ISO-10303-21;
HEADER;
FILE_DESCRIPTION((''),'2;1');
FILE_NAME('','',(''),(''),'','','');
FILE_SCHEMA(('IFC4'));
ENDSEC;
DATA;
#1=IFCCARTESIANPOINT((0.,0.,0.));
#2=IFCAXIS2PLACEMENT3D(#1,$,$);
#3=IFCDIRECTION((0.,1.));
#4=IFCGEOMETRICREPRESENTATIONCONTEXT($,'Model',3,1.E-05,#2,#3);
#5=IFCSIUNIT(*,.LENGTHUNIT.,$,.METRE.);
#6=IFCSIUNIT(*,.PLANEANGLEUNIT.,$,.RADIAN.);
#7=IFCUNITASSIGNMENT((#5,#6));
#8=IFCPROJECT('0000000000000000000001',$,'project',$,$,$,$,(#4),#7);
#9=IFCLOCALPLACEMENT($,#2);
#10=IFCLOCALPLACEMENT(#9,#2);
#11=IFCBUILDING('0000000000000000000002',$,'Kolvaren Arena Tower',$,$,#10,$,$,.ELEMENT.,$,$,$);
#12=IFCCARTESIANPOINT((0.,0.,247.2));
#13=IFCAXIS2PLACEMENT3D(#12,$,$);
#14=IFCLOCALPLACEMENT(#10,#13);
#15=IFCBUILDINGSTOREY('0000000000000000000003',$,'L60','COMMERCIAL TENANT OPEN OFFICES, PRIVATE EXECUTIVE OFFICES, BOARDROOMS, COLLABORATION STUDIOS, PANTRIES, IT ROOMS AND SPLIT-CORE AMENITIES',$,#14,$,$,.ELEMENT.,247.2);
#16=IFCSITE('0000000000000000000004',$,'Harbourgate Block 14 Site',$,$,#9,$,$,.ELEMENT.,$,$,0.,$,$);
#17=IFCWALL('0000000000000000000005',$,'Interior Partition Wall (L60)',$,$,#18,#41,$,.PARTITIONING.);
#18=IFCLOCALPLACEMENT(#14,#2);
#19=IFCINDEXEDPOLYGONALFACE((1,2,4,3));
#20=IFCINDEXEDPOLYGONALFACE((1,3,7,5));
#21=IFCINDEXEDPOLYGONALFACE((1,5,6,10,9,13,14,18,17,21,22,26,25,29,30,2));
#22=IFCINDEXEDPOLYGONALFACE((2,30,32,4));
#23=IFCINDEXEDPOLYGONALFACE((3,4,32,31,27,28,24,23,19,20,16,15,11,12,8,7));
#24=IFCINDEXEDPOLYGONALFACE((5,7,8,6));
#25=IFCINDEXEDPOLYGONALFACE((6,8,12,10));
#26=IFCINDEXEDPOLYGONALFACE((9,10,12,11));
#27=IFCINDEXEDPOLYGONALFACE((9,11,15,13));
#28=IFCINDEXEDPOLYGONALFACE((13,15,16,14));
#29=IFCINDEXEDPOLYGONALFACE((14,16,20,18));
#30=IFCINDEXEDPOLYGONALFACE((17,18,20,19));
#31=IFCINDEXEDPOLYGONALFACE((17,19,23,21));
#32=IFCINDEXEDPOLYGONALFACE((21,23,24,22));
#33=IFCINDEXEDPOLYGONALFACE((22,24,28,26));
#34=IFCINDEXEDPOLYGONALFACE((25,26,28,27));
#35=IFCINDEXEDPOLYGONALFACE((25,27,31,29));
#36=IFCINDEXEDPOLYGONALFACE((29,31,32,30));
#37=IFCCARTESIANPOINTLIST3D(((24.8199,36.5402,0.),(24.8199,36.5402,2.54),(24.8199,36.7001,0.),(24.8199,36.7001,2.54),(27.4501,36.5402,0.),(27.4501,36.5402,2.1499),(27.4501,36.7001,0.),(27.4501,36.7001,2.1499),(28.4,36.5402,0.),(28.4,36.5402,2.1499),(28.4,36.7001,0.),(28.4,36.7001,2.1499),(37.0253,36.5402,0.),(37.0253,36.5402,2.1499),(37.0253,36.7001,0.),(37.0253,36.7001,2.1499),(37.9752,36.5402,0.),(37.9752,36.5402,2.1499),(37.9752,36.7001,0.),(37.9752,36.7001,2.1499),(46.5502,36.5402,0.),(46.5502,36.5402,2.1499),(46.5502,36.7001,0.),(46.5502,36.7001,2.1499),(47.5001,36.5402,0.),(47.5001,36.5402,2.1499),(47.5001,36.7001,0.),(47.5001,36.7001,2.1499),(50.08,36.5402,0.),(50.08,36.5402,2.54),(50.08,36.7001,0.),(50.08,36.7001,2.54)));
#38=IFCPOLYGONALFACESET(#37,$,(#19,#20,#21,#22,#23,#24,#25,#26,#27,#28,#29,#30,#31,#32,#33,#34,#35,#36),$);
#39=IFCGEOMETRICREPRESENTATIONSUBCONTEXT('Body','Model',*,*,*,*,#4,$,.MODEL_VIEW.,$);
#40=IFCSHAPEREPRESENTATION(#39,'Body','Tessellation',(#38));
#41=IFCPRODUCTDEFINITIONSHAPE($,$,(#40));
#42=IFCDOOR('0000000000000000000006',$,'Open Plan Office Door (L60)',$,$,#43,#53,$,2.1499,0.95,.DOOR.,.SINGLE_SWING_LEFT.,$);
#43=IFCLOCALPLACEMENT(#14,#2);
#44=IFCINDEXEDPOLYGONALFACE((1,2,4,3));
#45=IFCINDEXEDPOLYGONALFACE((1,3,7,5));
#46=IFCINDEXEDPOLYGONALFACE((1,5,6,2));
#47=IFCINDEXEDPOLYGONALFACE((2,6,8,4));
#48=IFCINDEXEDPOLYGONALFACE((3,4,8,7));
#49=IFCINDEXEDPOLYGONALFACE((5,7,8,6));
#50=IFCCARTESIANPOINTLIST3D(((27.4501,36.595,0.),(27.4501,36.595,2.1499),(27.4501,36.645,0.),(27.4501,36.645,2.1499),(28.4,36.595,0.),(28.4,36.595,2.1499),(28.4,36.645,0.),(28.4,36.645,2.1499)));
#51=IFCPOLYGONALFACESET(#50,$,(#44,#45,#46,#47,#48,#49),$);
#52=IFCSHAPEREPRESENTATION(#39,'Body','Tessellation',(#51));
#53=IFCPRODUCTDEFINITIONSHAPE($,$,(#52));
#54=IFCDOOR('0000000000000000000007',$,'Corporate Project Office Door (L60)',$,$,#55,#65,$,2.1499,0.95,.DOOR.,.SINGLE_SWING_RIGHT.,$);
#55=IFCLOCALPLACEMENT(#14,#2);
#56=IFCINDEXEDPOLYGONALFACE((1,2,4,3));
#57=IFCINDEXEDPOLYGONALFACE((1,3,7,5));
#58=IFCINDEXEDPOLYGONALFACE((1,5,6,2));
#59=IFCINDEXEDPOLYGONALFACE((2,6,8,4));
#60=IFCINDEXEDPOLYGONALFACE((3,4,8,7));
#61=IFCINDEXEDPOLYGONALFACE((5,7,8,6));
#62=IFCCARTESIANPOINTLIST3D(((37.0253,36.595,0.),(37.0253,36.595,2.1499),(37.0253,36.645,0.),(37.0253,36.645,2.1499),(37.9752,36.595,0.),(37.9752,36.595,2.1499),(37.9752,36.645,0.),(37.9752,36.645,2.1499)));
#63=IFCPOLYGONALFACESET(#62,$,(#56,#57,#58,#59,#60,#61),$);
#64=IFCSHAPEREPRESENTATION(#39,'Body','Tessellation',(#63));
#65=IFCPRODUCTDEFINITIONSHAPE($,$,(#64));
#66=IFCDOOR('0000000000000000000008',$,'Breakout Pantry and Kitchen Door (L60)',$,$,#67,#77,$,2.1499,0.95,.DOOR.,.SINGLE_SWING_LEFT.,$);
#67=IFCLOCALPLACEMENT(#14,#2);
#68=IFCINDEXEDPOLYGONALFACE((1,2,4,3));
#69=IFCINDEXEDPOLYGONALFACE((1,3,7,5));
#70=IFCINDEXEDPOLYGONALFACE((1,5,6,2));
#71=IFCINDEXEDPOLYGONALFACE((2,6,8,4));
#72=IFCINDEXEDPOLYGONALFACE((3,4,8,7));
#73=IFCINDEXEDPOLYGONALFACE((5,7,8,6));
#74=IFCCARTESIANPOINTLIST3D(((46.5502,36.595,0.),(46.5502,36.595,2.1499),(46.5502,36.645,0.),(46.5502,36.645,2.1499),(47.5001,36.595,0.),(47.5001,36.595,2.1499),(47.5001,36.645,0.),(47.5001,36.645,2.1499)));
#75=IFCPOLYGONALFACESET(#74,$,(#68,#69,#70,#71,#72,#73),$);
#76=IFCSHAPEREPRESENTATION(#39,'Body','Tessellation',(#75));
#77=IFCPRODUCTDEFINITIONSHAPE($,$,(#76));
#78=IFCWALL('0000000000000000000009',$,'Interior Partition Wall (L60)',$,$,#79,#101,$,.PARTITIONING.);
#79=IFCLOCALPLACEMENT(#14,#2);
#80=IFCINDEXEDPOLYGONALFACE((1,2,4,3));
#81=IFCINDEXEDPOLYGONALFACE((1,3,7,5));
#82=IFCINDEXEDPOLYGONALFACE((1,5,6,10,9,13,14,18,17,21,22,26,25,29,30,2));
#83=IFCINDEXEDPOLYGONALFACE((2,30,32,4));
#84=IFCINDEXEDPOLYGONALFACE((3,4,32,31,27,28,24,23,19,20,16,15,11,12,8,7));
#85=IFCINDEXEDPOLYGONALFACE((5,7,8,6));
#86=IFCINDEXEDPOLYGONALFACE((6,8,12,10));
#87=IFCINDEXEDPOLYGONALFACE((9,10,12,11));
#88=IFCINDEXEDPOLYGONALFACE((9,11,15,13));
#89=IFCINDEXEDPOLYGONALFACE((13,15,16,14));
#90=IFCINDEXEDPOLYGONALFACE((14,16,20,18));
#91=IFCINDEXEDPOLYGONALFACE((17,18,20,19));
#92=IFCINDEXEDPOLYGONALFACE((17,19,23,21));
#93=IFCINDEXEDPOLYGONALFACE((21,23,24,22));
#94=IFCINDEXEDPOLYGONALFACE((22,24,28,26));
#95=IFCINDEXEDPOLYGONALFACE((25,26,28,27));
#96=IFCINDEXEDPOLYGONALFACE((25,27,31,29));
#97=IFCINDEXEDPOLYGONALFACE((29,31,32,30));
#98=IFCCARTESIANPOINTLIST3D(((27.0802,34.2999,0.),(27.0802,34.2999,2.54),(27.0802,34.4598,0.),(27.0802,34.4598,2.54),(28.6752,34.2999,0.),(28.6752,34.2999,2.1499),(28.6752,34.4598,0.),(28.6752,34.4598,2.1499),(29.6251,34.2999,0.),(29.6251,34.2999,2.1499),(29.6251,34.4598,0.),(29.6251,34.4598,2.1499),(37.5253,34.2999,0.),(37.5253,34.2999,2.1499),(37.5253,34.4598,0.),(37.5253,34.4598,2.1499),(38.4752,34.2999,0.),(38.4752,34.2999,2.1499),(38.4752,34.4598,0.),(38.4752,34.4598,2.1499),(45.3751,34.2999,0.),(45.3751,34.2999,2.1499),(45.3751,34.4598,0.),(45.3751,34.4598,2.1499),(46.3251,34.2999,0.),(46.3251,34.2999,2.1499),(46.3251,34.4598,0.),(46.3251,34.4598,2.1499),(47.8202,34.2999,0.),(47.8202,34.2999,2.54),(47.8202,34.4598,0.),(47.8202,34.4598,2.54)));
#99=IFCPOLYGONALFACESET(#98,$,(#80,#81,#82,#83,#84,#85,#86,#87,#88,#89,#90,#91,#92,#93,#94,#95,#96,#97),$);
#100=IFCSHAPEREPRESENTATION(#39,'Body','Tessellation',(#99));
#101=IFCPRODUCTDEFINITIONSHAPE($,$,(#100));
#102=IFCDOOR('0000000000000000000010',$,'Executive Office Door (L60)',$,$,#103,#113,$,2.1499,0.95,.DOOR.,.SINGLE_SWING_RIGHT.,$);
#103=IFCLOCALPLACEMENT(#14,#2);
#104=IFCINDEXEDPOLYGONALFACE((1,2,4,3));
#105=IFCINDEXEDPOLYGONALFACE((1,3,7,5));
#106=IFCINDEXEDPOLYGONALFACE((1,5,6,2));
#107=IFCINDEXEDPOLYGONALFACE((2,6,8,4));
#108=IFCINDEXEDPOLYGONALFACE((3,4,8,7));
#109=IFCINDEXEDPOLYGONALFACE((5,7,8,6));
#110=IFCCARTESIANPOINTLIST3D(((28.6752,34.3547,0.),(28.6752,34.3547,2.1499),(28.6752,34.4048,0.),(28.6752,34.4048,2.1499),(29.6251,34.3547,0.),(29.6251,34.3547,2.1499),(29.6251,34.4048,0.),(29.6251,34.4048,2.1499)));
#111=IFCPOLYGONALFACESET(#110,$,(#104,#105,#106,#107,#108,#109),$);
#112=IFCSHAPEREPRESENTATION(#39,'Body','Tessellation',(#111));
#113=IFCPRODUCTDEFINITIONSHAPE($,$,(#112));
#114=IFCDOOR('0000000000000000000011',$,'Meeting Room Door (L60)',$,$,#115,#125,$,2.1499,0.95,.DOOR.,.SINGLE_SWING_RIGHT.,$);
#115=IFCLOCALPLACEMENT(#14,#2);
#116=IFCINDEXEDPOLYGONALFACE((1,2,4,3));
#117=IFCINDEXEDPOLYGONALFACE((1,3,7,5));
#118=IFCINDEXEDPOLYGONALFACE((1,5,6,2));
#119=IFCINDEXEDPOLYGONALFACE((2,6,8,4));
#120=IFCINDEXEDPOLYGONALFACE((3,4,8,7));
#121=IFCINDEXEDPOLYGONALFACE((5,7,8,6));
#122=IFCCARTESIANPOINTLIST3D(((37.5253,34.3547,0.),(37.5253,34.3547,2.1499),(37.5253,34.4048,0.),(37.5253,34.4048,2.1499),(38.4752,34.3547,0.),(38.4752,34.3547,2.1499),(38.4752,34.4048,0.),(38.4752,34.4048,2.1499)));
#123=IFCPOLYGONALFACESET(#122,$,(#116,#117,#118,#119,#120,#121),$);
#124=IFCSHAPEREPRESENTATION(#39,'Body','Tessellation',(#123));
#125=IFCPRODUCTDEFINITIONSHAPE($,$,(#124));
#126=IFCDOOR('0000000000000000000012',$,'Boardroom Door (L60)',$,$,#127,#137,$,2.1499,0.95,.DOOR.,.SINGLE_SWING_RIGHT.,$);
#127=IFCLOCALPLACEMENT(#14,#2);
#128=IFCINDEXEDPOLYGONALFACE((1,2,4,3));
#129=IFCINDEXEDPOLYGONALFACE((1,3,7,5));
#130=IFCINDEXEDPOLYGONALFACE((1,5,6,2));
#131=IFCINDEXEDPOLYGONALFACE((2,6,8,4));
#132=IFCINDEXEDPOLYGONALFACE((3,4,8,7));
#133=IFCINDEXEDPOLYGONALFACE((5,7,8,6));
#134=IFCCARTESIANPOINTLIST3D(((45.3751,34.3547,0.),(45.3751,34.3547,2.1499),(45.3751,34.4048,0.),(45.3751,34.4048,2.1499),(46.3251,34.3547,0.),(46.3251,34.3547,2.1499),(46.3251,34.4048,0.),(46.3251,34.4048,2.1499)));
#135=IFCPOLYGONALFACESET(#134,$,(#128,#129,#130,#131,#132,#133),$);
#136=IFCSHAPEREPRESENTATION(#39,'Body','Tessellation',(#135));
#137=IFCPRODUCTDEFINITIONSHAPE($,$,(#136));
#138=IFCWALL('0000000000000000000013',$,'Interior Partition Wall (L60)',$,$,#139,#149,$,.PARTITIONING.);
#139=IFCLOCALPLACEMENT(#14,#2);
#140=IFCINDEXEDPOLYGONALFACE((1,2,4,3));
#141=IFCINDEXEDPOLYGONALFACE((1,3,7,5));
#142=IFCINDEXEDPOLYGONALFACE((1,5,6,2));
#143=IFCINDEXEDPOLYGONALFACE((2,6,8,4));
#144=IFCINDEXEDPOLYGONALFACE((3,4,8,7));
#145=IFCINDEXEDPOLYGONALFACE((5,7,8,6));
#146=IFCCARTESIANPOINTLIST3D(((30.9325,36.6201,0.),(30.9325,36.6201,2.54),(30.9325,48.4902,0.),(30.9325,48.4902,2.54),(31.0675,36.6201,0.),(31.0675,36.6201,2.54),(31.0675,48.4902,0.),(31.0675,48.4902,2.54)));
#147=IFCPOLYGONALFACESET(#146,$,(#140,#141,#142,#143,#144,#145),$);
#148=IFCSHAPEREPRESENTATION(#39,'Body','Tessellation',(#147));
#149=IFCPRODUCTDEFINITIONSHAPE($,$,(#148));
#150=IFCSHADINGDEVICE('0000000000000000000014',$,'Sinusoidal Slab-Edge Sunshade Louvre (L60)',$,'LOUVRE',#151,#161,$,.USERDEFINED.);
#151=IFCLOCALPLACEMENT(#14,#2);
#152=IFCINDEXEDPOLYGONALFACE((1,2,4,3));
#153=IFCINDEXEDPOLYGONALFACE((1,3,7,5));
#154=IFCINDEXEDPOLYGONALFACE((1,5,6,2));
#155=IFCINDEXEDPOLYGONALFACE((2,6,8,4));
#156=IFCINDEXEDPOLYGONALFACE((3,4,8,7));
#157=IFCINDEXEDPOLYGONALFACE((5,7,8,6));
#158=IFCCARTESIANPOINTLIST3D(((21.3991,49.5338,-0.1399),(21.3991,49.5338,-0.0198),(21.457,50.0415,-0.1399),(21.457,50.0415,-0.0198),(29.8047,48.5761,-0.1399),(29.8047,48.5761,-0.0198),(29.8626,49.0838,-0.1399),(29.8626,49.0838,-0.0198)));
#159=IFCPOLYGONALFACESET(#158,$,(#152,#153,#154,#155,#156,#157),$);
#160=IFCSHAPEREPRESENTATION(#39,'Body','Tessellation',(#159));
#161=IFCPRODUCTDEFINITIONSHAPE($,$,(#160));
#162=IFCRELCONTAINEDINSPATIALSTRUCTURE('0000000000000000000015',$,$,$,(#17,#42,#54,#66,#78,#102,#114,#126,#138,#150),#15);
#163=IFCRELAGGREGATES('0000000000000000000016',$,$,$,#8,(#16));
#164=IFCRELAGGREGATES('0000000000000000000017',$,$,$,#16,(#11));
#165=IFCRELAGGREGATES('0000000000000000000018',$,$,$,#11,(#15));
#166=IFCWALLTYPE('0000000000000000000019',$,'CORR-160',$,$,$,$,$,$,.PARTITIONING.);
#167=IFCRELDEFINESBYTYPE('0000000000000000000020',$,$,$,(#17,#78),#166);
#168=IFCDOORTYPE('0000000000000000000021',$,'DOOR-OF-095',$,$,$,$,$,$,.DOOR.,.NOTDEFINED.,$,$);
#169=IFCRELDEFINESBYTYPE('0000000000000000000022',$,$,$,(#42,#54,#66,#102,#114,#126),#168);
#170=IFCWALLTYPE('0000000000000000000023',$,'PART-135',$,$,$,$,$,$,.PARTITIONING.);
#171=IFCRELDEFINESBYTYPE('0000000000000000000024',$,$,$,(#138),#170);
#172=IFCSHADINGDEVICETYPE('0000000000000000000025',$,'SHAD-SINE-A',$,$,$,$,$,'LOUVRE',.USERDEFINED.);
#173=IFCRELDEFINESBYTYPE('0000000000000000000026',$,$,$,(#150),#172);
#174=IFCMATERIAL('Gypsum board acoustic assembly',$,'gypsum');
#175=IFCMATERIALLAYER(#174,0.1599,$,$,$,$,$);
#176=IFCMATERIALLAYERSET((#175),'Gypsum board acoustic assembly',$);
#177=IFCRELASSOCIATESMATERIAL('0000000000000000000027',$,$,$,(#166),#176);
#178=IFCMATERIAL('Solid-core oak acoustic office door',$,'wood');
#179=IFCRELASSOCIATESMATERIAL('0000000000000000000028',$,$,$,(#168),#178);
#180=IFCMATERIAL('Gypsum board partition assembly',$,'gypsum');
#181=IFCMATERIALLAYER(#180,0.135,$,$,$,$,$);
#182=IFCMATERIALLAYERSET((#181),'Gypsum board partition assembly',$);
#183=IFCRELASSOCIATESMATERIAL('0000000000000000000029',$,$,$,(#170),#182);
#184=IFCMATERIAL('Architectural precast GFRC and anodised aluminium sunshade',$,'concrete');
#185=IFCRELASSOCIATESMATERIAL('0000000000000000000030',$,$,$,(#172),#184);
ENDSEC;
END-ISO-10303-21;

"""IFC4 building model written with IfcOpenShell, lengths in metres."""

from ifc_helpers import new_model, si_unit, direction, frame, frame_2d, origin, origin_2d, place, context, subcontext, project, spatial, rectangle, extrude, material, layer, layer_set, type_object, element, fill, save


model = new_model("IFC4")

# Units and contexts
model_context = context("Model", 3, precision=1e-05, world=origin(), true_north=direction((0.0, 1.0)))
body_context = subcontext(model_context, "Body", "Model", "MODEL_VIEW")
ifc_project = project(units=[si_unit("LENGTHUNIT", "METRE"), si_unit("PLANEANGLEUNIT", "RADIAN")], contexts=[model_context])

# Site, building, storey
site_placement = place(None, origin())
site = spatial("IfcSite", under=ifc_project, at=site_placement, Name="Harbourgate Block 14 Site", CompositionType="ELEMENT", RefElevation=0.0)
building_placement = place(site_placement, origin())
building = spatial("IfcBuilding", under=site, at=building_placement, Name="Kolvaren Arena Tower", CompositionType="ELEMENT")
storey_placement = place(building_placement, frame((0.0, 0.0, 247.2)))
storey = spatial("IfcBuildingStorey", under=building, at=storey_placement, Name="L60", Description="COMMERCIAL TENANT OPEN OFFICES, PRIVATE EXECUTIVE OFFICES, BOARDROOMS, COLLABORATION STUDIOS, PANTRIES, IT ROOMS AND SPLIT-CORE AMENITIES", CompositionType="ELEMENT", Elevation=247.2)

# Shared definitions
ifc_material_1 = material(Name="Gypsum board acoustic assembly", Category="gypsum")
ifc_layer_1 = layer(ifc_material_1, 0.1599)
ifc_layer_set_1 = layer_set([ifc_layer_1], Name="Gypsum board acoustic assembly")
wall_type_1 = type_object("IfcWallType", Name="CORR-160", PredefinedType="PARTITIONING", material=ifc_layer_set_1)

# Walls, openings, doors
wall_1_placement = place(storey_placement, frame((24.8201, 36.6201, 0.0), z_axis=(0.0, 0.0, 1.0), x_axis=(1.0, 0.0, 0.0)))
wall_1 = element("IfcWall", 1, at=wall_1_placement, inside=storey, type_object=wall_type_1, Name="Interior Partition Wall (L60)", PredefinedType="PARTITIONING", context=body_context, shape_type="SweptSolid", body=[
    extrude(rectangle(XDim=25.26, YDim=0.1599, at=frame_2d((12.6299, 0.0))), origin(), (0.0, 0.0, 1.0), 2.54),
])
opening_1_placement = place(wall_1_placement, frame((2.6299, 0.0, 0.0)))
opening_1 = element("IfcOpeningElement", 2, at=opening_1_placement, cuts=wall_1, PredefinedType="OPENING", context=body_context, shape_type="SweptSolid", body=[
    extrude(rectangle(XDim=0.95, YDim=2.1499, at=frame_2d((0.4751, 1.075))), frame((0.0, 0.0898, 0.0), z_axis=(0.0, -1.0, 0.0), x_axis=(1.0, 0.0, 0.0)), (0.0, 0.0, 1.0), 0.1799),
])
opening_2_placement = place(wall_1_placement, frame((12.2051, 0.0, 0.0)))
opening_2 = element("IfcOpeningElement", 3, at=opening_2_placement, cuts=wall_1, PredefinedType="OPENING", context=body_context, shape_type="SweptSolid", body=[
    extrude(rectangle(XDim=0.95, YDim=2.1499, at=frame_2d((0.4751, 1.075))), frame((0.0, 0.0898, 0.0), z_axis=(0.0, -1.0, 0.0), x_axis=(1.0, 0.0, 0.0)), (0.0, 0.0, 1.0), 0.1799),
])
opening_3_placement = place(wall_1_placement, frame((21.73, 0.0, 0.0)))
opening_3 = element("IfcOpeningElement", 4, at=opening_3_placement, cuts=wall_1, PredefinedType="OPENING", context=body_context, shape_type="SweptSolid", body=[
    extrude(rectangle(XDim=0.95, YDim=2.1499, at=frame_2d((0.4751, 1.075))), frame((0.0, 0.0898, 0.0), z_axis=(0.0, -1.0, 0.0), x_axis=(1.0, 0.0, 0.0)), (0.0, 0.0, 1.0), 0.1799),
])
ifc_material_2 = material(Name="Solid-core oak acoustic office door", Category="wood")
door_type = type_object("IfcDoorType", Name="DOOR-OF-095", OperationType="NOTDEFINED", PredefinedType="DOOR", material=ifc_material_2)
door_1_placement = place(opening_1_placement, origin())
door_1 = element("IfcDoor", 5, at=door_1_placement, inside=storey, type_object=door_type, Name="Open Plan Office Door (L60)", OperationType="SINGLE_SWING_LEFT", OverallHeight=2.1499, OverallWidth=0.95, PredefinedType="DOOR", context=body_context, shape_type="SweptSolid", body=[
    extrude(rectangle(XDim=0.95, YDim=2.1499, at=frame_2d((0.4751, 1.075))), frame((0.0, 0.0249, 0.0), z_axis=(0.0, -1.0, 0.0), x_axis=(1.0, 0.0, 0.0)), (0.0, 0.0, 1.0), 0.05),
])
fill(opening_1, door_1)
door_2_placement = place(opening_2_placement, origin())
door_2 = element("IfcDoor", 6, at=door_2_placement, inside=storey, type_object=door_type, Name="Corporate Project Office Door (L60)", OperationType="SINGLE_SWING_RIGHT", OverallHeight=2.1499, OverallWidth=0.95, PredefinedType="DOOR", context=body_context, shape_type="SweptSolid", body=[
    extrude(rectangle(XDim=0.95, YDim=2.1499, at=frame_2d((0.4751, 1.075))), frame((0.0, 0.0249, 0.0), z_axis=(0.0, -1.0, 0.0), x_axis=(1.0, 0.0, 0.0)), (0.0, 0.0, 1.0), 0.05),
])
fill(opening_2, door_2)
door_3_placement = place(opening_3_placement, origin())
door_3 = element("IfcDoor", 7, at=door_3_placement, inside=storey, type_object=door_type, Name="Breakout Pantry and Kitchen Door (L60)", OperationType="SINGLE_SWING_LEFT", OverallHeight=2.1499, OverallWidth=0.95, PredefinedType="DOOR", context=body_context, shape_type="SweptSolid", body=[
    extrude(rectangle(XDim=0.95, YDim=2.1499, at=frame_2d((0.4751, 1.075))), frame((0.0, 0.0249, 0.0), z_axis=(0.0, -1.0, 0.0), x_axis=(1.0, 0.0, 0.0)), (0.0, 0.0, 1.0), 0.05),
])
fill(opening_3, door_3)
wall_2_placement = place(storey_placement, frame((27.0801, 34.3799, 0.0), z_axis=(0.0, 0.0, 1.0), x_axis=(1.0, 0.0, 0.0)))
wall_2 = element("IfcWall", 8, at=wall_2_placement, inside=storey, type_object=wall_type_1, Name="Interior Partition Wall (L60)", PredefinedType="PARTITIONING", context=body_context, shape_type="SweptSolid", body=[
    extrude(rectangle(XDim=20.74, YDim=0.1599, at=frame_2d((10.3701, 0.0))), origin(), (0.0, 0.0, 1.0), 2.54),
])
opening_4_placement = place(wall_2_placement, frame((1.595, 0.0, 0.0)))
opening_4 = element("IfcOpeningElement", 9, at=opening_4_placement, cuts=wall_2, PredefinedType="OPENING", context=body_context, shape_type="SweptSolid", body=[
    extrude(rectangle(XDim=0.95, YDim=2.1499, at=frame_2d((0.4751, 1.075))), frame((0.0, 0.0898, 0.0), z_axis=(0.0, -1.0, 0.0), x_axis=(1.0, 0.0, 0.0)), (0.0, 0.0, 1.0), 0.1799),
])
opening_5_placement = place(wall_2_placement, frame((10.4451, 0.0, 0.0)))
opening_5 = element("IfcOpeningElement", 10, at=opening_5_placement, cuts=wall_2, PredefinedType="OPENING", context=body_context, shape_type="SweptSolid", body=[
    extrude(rectangle(XDim=0.95, YDim=2.1499, at=frame_2d((0.4751, 1.075))), frame((0.0, 0.0898, 0.0), z_axis=(0.0, -1.0, 0.0), x_axis=(1.0, 0.0, 0.0)), (0.0, 0.0, 1.0), 0.1799),
])
opening_6_placement = place(wall_2_placement, frame((18.2949, 0.0, 0.0)))
opening_6 = element("IfcOpeningElement", 11, at=opening_6_placement, cuts=wall_2, PredefinedType="OPENING", context=body_context, shape_type="SweptSolid", body=[
    extrude(rectangle(XDim=0.95, YDim=2.1499, at=frame_2d((0.4751, 1.075))), frame((0.0, 0.0898, 0.0), z_axis=(0.0, -1.0, 0.0), x_axis=(1.0, 0.0, 0.0)), (0.0, 0.0, 1.0), 0.1799),
])
door_4_placement = place(opening_4_placement, origin())
door_4 = element("IfcDoor", 12, at=door_4_placement, inside=storey, type_object=door_type, Name="Executive Office Door (L60)", OperationType="SINGLE_SWING_RIGHT", OverallHeight=2.1499, OverallWidth=0.95, PredefinedType="DOOR", context=body_context, shape_type="SweptSolid", body=[
    extrude(rectangle(XDim=0.95, YDim=2.1499, at=frame_2d((0.4751, 1.075))), frame((0.0, 0.0249, 0.0), z_axis=(0.0, -1.0, 0.0), x_axis=(1.0, 0.0, 0.0)), (0.0, 0.0, 1.0), 0.05),
])
fill(opening_4, door_4)
door_5_placement = place(opening_5_placement, origin())
door_5 = element("IfcDoor", 13, at=door_5_placement, inside=storey, type_object=door_type, Name="Meeting Room Door (L60)", OperationType="SINGLE_SWING_RIGHT", OverallHeight=2.1499, OverallWidth=0.95, PredefinedType="DOOR", context=body_context, shape_type="SweptSolid", body=[
    extrude(rectangle(XDim=0.95, YDim=2.1499, at=frame_2d((0.4751, 1.075))), frame((0.0, 0.0249, 0.0), z_axis=(0.0, -1.0, 0.0), x_axis=(1.0, 0.0, 0.0)), (0.0, 0.0, 1.0), 0.05),
])
fill(opening_5, door_5)
door_6_placement = place(opening_6_placement, origin())
door_6 = element("IfcDoor", 14, at=door_6_placement, inside=storey, type_object=door_type, Name="Boardroom Door (L60)", OperationType="SINGLE_SWING_RIGHT", OverallHeight=2.1499, OverallWidth=0.95, PredefinedType="DOOR", context=body_context, shape_type="SweptSolid", body=[
    extrude(rectangle(XDim=0.95, YDim=2.1499, at=frame_2d((0.4751, 1.075))), frame((0.0, 0.0249, 0.0), z_axis=(0.0, -1.0, 0.0), x_axis=(1.0, 0.0, 0.0)), (0.0, 0.0, 1.0), 0.05),
])
fill(opening_6, door_6)

# Wall
ifc_material_3 = material(Name="Gypsum board partition assembly", Category="gypsum")
ifc_layer_2 = layer(ifc_material_3, 0.135)
ifc_layer_set_2 = layer_set([ifc_layer_2], Name="Gypsum board partition assembly")
wall_type_2 = type_object("IfcWallType", Name="PART-135", PredefinedType="PARTITIONING", material=ifc_layer_set_2)
wall_3_placement = place(storey_placement, frame((31.0, 36.6201, 0.0), z_axis=(0.0, 0.0, 1.0), x_axis=(0.0, 1.0, 0.0)))
element("IfcWall", 15, at=wall_3_placement, inside=storey, type_object=wall_type_2, Name="Interior Partition Wall (L60)", PredefinedType="PARTITIONING", context=body_context, shape_type="SweptSolid", body=[
    extrude(rectangle(XDim=11.8701, YDim=0.135, at=frame_2d((5.9351, 0.0))), origin(), (0.0, 0.0, 1.0), 2.54),
])

# Shading device
ifc_material_4 = material(Name="Architectural precast GFRC and anodised aluminium sunshade", Category="concrete")
shading_device_type_1 = type_object("IfcShadingDeviceType", Name="SHAD-SINE-A", ElementType="LOUVRE", PredefinedType="USERDEFINED", material=ifc_material_4)
shading_device_1_placement = place(storey_placement, frame((25.6309, 49.3088, -0.1399), z_axis=(0.0, 0.0, 1.0), x_axis=(0.993572, -0.113205, 0.0)))
element("IfcShadingDevice", 16, at=shading_device_1_placement, inside=storey, type_object=shading_device_type_1, Name="Sinusoidal Slab-Edge Sunshade Louvre (L60)", ObjectType="LOUVRE", PredefinedType="USERDEFINED", context=body_context, shape_type="SweptSolid", body=[
    extrude(rectangle(XDim=8.46, YDim=0.511, at=origin_2d()), origin(), (0.0, 0.0, 1.0), 0.1201),
])

save(model, "model.ifc")
